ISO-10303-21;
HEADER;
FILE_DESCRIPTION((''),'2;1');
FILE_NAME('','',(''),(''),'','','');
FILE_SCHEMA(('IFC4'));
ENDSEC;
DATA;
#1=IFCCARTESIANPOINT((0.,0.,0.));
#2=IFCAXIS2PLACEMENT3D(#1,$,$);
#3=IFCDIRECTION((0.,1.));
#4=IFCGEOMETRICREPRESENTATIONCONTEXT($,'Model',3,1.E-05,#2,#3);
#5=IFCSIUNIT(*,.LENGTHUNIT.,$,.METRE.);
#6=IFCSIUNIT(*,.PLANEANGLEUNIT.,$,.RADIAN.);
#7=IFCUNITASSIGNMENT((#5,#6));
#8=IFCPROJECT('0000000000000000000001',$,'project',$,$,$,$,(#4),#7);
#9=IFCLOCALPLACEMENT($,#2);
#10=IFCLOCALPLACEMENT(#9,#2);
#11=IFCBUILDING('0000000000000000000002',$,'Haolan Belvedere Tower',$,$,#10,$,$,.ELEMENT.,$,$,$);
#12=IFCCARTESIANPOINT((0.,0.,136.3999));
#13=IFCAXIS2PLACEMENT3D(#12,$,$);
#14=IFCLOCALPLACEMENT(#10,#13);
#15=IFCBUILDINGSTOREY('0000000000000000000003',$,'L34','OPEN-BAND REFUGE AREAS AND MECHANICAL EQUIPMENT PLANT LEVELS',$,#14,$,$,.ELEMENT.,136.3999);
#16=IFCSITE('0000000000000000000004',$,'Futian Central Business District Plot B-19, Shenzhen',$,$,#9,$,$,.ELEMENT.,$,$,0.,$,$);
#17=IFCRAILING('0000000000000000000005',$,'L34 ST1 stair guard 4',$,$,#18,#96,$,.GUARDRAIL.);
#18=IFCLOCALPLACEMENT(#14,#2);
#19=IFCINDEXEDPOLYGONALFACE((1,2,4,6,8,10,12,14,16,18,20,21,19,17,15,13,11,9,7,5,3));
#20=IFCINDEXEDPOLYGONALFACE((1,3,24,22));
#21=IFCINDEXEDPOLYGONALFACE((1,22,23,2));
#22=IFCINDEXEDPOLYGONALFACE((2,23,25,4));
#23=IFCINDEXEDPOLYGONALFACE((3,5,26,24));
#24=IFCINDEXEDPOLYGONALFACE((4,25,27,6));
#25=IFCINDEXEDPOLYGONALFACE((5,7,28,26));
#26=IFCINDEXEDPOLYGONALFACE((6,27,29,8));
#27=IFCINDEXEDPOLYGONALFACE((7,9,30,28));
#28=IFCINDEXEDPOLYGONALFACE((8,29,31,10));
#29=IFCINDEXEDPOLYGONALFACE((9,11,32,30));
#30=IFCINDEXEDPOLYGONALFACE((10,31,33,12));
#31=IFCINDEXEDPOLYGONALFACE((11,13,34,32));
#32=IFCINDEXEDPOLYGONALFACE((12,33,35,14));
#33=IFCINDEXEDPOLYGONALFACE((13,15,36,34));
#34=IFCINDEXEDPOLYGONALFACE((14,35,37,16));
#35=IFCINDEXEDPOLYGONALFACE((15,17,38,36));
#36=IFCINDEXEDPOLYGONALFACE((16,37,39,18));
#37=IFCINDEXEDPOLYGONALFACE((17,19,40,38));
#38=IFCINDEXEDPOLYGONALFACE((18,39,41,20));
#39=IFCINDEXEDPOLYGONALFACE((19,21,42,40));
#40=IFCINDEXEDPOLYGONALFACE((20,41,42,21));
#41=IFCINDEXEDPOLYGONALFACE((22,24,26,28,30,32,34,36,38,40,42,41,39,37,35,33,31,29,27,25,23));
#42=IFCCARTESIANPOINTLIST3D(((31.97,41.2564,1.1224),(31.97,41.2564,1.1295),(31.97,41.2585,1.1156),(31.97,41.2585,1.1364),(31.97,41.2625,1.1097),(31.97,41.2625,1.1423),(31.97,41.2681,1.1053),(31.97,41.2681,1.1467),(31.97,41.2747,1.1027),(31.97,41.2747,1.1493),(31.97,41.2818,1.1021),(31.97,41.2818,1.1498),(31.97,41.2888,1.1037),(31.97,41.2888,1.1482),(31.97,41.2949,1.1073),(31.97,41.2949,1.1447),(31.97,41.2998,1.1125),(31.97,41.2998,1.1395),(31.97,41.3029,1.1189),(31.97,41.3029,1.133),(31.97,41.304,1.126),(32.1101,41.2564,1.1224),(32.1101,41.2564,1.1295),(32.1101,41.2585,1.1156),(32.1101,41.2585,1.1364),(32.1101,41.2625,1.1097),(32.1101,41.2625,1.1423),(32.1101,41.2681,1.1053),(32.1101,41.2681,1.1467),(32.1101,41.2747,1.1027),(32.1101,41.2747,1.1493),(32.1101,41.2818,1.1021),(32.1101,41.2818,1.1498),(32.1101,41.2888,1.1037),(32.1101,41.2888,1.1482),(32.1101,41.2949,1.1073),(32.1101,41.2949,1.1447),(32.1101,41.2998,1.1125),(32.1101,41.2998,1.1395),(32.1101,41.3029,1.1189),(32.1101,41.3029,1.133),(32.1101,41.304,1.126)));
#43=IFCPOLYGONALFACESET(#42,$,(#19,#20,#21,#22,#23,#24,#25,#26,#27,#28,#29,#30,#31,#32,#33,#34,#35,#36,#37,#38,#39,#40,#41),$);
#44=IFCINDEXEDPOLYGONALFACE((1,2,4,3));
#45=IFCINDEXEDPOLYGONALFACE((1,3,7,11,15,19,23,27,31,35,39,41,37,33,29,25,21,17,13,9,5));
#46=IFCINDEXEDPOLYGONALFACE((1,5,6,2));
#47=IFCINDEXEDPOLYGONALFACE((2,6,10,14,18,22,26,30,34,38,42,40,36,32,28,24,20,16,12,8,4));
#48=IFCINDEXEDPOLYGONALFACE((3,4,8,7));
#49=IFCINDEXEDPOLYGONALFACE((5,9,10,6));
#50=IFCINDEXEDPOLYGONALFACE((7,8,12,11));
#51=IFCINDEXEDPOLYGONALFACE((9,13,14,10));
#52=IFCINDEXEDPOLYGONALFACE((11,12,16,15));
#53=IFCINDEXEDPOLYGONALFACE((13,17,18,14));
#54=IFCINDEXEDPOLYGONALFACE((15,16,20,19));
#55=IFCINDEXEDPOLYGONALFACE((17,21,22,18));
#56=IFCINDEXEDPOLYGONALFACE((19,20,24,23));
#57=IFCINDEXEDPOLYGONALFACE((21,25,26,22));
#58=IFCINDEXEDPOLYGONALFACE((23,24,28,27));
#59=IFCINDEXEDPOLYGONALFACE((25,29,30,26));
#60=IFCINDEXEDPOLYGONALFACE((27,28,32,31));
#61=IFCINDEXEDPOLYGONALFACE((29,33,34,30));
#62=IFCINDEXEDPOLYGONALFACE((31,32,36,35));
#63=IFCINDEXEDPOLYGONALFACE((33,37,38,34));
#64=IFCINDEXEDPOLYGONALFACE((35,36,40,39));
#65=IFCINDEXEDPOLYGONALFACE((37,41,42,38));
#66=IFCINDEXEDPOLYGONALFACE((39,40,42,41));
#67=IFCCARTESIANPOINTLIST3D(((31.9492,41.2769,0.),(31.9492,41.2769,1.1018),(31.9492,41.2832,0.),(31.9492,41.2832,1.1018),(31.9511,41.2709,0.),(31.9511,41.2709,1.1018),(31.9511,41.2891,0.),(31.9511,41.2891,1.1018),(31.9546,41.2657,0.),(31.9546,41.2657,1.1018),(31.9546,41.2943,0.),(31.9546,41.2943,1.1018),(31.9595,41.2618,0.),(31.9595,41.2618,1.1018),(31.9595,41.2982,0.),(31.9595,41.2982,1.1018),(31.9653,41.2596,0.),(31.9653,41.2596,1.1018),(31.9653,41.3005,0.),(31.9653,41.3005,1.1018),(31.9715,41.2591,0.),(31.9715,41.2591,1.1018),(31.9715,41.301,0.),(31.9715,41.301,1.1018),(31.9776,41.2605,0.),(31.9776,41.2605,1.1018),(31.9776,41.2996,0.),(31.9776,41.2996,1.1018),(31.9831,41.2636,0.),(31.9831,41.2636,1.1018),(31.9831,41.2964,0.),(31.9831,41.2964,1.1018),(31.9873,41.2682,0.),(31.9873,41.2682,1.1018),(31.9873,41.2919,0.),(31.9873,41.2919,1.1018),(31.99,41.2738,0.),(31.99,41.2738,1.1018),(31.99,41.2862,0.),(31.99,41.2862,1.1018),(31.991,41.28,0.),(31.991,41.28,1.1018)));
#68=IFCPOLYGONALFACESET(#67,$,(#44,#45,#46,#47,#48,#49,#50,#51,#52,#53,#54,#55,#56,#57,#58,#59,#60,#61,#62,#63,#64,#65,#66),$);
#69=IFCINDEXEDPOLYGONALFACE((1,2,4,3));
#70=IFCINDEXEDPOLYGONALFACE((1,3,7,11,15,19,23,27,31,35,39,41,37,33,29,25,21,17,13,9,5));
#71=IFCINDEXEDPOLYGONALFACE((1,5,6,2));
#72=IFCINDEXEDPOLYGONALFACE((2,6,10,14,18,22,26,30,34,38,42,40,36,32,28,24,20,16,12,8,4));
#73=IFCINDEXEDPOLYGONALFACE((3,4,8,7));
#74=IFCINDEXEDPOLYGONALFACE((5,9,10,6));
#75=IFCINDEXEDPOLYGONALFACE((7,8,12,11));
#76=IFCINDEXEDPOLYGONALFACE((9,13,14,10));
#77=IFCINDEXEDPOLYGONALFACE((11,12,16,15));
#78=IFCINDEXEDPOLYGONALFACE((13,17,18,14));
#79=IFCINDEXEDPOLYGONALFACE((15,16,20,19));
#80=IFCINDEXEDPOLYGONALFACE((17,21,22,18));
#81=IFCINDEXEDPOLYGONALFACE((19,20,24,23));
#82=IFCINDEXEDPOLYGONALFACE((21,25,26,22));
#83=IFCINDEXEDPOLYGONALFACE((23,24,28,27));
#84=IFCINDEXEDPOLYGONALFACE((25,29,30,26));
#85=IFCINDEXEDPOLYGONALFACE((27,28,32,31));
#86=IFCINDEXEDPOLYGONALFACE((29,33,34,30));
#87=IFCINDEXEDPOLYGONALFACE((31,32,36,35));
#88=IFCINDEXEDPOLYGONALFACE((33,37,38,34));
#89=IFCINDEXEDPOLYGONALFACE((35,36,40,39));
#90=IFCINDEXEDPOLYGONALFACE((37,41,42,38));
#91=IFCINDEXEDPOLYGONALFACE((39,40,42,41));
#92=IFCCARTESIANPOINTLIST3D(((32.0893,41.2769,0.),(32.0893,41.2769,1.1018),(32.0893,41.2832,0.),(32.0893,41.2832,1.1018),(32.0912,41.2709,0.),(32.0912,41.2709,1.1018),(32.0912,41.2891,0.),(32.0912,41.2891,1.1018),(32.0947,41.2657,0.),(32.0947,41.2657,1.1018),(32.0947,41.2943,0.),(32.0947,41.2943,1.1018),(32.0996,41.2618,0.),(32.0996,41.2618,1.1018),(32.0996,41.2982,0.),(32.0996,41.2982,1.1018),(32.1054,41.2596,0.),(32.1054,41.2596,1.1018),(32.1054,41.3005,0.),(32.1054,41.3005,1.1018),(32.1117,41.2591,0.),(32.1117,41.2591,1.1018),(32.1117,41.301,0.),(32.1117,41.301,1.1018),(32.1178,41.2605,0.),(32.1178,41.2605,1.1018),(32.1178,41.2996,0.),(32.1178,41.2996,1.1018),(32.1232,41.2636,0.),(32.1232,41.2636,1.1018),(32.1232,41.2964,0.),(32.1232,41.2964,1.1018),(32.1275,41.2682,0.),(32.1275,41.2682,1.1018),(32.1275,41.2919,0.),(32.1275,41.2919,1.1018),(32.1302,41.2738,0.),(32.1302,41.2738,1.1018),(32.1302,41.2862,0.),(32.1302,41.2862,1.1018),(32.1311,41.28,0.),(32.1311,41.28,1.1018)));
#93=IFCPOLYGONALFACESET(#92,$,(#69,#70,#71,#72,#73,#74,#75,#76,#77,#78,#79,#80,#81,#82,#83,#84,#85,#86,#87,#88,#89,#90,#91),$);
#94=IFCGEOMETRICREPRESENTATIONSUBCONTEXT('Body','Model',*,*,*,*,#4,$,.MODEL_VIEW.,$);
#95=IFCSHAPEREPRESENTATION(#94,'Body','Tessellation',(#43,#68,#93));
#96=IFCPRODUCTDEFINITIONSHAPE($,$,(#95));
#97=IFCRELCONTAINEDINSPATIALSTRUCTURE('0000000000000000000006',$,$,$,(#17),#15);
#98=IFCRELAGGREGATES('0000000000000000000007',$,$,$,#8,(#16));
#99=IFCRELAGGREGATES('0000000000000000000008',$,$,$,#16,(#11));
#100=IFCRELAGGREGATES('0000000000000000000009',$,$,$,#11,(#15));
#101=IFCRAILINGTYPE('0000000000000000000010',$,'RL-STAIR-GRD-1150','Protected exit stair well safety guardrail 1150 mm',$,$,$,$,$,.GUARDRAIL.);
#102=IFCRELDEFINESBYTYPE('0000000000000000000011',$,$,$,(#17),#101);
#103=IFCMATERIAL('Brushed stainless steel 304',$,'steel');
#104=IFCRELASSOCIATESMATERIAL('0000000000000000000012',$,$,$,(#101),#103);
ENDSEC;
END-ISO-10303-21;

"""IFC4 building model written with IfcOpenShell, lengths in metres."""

from ifc_helpers import new_model, si_unit, direction, frame, origin, origin_2d, place, context, subcontext, project, spatial, circle, extrude, material, type_object, element, save


model = new_model("IFC4")

# Units and contexts
model_context = context("Model", 3, precision=1e-05, world=origin(), true_north=direction((0.0, 1.0)))
body_context = subcontext(model_context, "Body", "Model", "MODEL_VIEW")
ifc_project = project(units=[si_unit("LENGTHUNIT", "METRE"), si_unit("PLANEANGLEUNIT", "RADIAN")], contexts=[model_context])

# Site, building, storey
site_placement = place(None, origin())
site = spatial("IfcSite", under=ifc_project, at=site_placement, Name="Futian Central Business District Plot B-19, Shenzhen", CompositionType="ELEMENT", RefElevation=0.0)
building_placement = place(site_placement, origin())
building = spatial("IfcBuilding", under=site, at=building_placement, Name="Haolan Belvedere Tower", CompositionType="ELEMENT")
storey_placement = place(building_placement, frame((0.0, 0.0, 136.3999)))
storey = spatial("IfcBuildingStorey", under=building, at=storey_placement, Name="L34", Description="OPEN-BAND REFUGE AREAS AND MECHANICAL EQUIPMENT PLANT LEVELS", CompositionType="ELEMENT", Elevation=136.3999)

# Railing
ifc_material_1 = material(Name="Brushed stainless steel 304", Category="steel")
railing_type_1 = type_object("IfcRailingType", Name="RL-STAIR-GRD-1150", Description="Protected exit stair well safety guardrail 1150 mm", PredefinedType="GUARDRAIL", material=ifc_material_1)
railing_1_placement = place(storey_placement, frame((31.97, 41.28, 0.0)))
element("IfcRailing", 1, at=railing_1_placement, inside=storey, type_object=railing_type_1, Name="L34 ST1 stair guard 4", PredefinedType="GUARDRAIL", context=body_context, shape_type="SweptSolid", body=[
    extrude(circle(Radius=0.0239, at=origin_2d()), frame((0.0, 0.0, 1.126), z_axis=(1.0, 0.0, 0.0), x_axis=(0.0, 1.0, 0.0)), (0.0, 0.0, 1.0), 0.1401),
    extrude(circle(Radius=0.021, at=origin_2d()), origin(), (0.0, 0.0, 1.0), 1.1018),
    extrude(circle(Radius=0.021, at=origin_2d()), frame((0.1401, 0.0, 0.0)), (0.0, 0.0, 1.0), 1.1018),
])

save(model, "model.ifc")
